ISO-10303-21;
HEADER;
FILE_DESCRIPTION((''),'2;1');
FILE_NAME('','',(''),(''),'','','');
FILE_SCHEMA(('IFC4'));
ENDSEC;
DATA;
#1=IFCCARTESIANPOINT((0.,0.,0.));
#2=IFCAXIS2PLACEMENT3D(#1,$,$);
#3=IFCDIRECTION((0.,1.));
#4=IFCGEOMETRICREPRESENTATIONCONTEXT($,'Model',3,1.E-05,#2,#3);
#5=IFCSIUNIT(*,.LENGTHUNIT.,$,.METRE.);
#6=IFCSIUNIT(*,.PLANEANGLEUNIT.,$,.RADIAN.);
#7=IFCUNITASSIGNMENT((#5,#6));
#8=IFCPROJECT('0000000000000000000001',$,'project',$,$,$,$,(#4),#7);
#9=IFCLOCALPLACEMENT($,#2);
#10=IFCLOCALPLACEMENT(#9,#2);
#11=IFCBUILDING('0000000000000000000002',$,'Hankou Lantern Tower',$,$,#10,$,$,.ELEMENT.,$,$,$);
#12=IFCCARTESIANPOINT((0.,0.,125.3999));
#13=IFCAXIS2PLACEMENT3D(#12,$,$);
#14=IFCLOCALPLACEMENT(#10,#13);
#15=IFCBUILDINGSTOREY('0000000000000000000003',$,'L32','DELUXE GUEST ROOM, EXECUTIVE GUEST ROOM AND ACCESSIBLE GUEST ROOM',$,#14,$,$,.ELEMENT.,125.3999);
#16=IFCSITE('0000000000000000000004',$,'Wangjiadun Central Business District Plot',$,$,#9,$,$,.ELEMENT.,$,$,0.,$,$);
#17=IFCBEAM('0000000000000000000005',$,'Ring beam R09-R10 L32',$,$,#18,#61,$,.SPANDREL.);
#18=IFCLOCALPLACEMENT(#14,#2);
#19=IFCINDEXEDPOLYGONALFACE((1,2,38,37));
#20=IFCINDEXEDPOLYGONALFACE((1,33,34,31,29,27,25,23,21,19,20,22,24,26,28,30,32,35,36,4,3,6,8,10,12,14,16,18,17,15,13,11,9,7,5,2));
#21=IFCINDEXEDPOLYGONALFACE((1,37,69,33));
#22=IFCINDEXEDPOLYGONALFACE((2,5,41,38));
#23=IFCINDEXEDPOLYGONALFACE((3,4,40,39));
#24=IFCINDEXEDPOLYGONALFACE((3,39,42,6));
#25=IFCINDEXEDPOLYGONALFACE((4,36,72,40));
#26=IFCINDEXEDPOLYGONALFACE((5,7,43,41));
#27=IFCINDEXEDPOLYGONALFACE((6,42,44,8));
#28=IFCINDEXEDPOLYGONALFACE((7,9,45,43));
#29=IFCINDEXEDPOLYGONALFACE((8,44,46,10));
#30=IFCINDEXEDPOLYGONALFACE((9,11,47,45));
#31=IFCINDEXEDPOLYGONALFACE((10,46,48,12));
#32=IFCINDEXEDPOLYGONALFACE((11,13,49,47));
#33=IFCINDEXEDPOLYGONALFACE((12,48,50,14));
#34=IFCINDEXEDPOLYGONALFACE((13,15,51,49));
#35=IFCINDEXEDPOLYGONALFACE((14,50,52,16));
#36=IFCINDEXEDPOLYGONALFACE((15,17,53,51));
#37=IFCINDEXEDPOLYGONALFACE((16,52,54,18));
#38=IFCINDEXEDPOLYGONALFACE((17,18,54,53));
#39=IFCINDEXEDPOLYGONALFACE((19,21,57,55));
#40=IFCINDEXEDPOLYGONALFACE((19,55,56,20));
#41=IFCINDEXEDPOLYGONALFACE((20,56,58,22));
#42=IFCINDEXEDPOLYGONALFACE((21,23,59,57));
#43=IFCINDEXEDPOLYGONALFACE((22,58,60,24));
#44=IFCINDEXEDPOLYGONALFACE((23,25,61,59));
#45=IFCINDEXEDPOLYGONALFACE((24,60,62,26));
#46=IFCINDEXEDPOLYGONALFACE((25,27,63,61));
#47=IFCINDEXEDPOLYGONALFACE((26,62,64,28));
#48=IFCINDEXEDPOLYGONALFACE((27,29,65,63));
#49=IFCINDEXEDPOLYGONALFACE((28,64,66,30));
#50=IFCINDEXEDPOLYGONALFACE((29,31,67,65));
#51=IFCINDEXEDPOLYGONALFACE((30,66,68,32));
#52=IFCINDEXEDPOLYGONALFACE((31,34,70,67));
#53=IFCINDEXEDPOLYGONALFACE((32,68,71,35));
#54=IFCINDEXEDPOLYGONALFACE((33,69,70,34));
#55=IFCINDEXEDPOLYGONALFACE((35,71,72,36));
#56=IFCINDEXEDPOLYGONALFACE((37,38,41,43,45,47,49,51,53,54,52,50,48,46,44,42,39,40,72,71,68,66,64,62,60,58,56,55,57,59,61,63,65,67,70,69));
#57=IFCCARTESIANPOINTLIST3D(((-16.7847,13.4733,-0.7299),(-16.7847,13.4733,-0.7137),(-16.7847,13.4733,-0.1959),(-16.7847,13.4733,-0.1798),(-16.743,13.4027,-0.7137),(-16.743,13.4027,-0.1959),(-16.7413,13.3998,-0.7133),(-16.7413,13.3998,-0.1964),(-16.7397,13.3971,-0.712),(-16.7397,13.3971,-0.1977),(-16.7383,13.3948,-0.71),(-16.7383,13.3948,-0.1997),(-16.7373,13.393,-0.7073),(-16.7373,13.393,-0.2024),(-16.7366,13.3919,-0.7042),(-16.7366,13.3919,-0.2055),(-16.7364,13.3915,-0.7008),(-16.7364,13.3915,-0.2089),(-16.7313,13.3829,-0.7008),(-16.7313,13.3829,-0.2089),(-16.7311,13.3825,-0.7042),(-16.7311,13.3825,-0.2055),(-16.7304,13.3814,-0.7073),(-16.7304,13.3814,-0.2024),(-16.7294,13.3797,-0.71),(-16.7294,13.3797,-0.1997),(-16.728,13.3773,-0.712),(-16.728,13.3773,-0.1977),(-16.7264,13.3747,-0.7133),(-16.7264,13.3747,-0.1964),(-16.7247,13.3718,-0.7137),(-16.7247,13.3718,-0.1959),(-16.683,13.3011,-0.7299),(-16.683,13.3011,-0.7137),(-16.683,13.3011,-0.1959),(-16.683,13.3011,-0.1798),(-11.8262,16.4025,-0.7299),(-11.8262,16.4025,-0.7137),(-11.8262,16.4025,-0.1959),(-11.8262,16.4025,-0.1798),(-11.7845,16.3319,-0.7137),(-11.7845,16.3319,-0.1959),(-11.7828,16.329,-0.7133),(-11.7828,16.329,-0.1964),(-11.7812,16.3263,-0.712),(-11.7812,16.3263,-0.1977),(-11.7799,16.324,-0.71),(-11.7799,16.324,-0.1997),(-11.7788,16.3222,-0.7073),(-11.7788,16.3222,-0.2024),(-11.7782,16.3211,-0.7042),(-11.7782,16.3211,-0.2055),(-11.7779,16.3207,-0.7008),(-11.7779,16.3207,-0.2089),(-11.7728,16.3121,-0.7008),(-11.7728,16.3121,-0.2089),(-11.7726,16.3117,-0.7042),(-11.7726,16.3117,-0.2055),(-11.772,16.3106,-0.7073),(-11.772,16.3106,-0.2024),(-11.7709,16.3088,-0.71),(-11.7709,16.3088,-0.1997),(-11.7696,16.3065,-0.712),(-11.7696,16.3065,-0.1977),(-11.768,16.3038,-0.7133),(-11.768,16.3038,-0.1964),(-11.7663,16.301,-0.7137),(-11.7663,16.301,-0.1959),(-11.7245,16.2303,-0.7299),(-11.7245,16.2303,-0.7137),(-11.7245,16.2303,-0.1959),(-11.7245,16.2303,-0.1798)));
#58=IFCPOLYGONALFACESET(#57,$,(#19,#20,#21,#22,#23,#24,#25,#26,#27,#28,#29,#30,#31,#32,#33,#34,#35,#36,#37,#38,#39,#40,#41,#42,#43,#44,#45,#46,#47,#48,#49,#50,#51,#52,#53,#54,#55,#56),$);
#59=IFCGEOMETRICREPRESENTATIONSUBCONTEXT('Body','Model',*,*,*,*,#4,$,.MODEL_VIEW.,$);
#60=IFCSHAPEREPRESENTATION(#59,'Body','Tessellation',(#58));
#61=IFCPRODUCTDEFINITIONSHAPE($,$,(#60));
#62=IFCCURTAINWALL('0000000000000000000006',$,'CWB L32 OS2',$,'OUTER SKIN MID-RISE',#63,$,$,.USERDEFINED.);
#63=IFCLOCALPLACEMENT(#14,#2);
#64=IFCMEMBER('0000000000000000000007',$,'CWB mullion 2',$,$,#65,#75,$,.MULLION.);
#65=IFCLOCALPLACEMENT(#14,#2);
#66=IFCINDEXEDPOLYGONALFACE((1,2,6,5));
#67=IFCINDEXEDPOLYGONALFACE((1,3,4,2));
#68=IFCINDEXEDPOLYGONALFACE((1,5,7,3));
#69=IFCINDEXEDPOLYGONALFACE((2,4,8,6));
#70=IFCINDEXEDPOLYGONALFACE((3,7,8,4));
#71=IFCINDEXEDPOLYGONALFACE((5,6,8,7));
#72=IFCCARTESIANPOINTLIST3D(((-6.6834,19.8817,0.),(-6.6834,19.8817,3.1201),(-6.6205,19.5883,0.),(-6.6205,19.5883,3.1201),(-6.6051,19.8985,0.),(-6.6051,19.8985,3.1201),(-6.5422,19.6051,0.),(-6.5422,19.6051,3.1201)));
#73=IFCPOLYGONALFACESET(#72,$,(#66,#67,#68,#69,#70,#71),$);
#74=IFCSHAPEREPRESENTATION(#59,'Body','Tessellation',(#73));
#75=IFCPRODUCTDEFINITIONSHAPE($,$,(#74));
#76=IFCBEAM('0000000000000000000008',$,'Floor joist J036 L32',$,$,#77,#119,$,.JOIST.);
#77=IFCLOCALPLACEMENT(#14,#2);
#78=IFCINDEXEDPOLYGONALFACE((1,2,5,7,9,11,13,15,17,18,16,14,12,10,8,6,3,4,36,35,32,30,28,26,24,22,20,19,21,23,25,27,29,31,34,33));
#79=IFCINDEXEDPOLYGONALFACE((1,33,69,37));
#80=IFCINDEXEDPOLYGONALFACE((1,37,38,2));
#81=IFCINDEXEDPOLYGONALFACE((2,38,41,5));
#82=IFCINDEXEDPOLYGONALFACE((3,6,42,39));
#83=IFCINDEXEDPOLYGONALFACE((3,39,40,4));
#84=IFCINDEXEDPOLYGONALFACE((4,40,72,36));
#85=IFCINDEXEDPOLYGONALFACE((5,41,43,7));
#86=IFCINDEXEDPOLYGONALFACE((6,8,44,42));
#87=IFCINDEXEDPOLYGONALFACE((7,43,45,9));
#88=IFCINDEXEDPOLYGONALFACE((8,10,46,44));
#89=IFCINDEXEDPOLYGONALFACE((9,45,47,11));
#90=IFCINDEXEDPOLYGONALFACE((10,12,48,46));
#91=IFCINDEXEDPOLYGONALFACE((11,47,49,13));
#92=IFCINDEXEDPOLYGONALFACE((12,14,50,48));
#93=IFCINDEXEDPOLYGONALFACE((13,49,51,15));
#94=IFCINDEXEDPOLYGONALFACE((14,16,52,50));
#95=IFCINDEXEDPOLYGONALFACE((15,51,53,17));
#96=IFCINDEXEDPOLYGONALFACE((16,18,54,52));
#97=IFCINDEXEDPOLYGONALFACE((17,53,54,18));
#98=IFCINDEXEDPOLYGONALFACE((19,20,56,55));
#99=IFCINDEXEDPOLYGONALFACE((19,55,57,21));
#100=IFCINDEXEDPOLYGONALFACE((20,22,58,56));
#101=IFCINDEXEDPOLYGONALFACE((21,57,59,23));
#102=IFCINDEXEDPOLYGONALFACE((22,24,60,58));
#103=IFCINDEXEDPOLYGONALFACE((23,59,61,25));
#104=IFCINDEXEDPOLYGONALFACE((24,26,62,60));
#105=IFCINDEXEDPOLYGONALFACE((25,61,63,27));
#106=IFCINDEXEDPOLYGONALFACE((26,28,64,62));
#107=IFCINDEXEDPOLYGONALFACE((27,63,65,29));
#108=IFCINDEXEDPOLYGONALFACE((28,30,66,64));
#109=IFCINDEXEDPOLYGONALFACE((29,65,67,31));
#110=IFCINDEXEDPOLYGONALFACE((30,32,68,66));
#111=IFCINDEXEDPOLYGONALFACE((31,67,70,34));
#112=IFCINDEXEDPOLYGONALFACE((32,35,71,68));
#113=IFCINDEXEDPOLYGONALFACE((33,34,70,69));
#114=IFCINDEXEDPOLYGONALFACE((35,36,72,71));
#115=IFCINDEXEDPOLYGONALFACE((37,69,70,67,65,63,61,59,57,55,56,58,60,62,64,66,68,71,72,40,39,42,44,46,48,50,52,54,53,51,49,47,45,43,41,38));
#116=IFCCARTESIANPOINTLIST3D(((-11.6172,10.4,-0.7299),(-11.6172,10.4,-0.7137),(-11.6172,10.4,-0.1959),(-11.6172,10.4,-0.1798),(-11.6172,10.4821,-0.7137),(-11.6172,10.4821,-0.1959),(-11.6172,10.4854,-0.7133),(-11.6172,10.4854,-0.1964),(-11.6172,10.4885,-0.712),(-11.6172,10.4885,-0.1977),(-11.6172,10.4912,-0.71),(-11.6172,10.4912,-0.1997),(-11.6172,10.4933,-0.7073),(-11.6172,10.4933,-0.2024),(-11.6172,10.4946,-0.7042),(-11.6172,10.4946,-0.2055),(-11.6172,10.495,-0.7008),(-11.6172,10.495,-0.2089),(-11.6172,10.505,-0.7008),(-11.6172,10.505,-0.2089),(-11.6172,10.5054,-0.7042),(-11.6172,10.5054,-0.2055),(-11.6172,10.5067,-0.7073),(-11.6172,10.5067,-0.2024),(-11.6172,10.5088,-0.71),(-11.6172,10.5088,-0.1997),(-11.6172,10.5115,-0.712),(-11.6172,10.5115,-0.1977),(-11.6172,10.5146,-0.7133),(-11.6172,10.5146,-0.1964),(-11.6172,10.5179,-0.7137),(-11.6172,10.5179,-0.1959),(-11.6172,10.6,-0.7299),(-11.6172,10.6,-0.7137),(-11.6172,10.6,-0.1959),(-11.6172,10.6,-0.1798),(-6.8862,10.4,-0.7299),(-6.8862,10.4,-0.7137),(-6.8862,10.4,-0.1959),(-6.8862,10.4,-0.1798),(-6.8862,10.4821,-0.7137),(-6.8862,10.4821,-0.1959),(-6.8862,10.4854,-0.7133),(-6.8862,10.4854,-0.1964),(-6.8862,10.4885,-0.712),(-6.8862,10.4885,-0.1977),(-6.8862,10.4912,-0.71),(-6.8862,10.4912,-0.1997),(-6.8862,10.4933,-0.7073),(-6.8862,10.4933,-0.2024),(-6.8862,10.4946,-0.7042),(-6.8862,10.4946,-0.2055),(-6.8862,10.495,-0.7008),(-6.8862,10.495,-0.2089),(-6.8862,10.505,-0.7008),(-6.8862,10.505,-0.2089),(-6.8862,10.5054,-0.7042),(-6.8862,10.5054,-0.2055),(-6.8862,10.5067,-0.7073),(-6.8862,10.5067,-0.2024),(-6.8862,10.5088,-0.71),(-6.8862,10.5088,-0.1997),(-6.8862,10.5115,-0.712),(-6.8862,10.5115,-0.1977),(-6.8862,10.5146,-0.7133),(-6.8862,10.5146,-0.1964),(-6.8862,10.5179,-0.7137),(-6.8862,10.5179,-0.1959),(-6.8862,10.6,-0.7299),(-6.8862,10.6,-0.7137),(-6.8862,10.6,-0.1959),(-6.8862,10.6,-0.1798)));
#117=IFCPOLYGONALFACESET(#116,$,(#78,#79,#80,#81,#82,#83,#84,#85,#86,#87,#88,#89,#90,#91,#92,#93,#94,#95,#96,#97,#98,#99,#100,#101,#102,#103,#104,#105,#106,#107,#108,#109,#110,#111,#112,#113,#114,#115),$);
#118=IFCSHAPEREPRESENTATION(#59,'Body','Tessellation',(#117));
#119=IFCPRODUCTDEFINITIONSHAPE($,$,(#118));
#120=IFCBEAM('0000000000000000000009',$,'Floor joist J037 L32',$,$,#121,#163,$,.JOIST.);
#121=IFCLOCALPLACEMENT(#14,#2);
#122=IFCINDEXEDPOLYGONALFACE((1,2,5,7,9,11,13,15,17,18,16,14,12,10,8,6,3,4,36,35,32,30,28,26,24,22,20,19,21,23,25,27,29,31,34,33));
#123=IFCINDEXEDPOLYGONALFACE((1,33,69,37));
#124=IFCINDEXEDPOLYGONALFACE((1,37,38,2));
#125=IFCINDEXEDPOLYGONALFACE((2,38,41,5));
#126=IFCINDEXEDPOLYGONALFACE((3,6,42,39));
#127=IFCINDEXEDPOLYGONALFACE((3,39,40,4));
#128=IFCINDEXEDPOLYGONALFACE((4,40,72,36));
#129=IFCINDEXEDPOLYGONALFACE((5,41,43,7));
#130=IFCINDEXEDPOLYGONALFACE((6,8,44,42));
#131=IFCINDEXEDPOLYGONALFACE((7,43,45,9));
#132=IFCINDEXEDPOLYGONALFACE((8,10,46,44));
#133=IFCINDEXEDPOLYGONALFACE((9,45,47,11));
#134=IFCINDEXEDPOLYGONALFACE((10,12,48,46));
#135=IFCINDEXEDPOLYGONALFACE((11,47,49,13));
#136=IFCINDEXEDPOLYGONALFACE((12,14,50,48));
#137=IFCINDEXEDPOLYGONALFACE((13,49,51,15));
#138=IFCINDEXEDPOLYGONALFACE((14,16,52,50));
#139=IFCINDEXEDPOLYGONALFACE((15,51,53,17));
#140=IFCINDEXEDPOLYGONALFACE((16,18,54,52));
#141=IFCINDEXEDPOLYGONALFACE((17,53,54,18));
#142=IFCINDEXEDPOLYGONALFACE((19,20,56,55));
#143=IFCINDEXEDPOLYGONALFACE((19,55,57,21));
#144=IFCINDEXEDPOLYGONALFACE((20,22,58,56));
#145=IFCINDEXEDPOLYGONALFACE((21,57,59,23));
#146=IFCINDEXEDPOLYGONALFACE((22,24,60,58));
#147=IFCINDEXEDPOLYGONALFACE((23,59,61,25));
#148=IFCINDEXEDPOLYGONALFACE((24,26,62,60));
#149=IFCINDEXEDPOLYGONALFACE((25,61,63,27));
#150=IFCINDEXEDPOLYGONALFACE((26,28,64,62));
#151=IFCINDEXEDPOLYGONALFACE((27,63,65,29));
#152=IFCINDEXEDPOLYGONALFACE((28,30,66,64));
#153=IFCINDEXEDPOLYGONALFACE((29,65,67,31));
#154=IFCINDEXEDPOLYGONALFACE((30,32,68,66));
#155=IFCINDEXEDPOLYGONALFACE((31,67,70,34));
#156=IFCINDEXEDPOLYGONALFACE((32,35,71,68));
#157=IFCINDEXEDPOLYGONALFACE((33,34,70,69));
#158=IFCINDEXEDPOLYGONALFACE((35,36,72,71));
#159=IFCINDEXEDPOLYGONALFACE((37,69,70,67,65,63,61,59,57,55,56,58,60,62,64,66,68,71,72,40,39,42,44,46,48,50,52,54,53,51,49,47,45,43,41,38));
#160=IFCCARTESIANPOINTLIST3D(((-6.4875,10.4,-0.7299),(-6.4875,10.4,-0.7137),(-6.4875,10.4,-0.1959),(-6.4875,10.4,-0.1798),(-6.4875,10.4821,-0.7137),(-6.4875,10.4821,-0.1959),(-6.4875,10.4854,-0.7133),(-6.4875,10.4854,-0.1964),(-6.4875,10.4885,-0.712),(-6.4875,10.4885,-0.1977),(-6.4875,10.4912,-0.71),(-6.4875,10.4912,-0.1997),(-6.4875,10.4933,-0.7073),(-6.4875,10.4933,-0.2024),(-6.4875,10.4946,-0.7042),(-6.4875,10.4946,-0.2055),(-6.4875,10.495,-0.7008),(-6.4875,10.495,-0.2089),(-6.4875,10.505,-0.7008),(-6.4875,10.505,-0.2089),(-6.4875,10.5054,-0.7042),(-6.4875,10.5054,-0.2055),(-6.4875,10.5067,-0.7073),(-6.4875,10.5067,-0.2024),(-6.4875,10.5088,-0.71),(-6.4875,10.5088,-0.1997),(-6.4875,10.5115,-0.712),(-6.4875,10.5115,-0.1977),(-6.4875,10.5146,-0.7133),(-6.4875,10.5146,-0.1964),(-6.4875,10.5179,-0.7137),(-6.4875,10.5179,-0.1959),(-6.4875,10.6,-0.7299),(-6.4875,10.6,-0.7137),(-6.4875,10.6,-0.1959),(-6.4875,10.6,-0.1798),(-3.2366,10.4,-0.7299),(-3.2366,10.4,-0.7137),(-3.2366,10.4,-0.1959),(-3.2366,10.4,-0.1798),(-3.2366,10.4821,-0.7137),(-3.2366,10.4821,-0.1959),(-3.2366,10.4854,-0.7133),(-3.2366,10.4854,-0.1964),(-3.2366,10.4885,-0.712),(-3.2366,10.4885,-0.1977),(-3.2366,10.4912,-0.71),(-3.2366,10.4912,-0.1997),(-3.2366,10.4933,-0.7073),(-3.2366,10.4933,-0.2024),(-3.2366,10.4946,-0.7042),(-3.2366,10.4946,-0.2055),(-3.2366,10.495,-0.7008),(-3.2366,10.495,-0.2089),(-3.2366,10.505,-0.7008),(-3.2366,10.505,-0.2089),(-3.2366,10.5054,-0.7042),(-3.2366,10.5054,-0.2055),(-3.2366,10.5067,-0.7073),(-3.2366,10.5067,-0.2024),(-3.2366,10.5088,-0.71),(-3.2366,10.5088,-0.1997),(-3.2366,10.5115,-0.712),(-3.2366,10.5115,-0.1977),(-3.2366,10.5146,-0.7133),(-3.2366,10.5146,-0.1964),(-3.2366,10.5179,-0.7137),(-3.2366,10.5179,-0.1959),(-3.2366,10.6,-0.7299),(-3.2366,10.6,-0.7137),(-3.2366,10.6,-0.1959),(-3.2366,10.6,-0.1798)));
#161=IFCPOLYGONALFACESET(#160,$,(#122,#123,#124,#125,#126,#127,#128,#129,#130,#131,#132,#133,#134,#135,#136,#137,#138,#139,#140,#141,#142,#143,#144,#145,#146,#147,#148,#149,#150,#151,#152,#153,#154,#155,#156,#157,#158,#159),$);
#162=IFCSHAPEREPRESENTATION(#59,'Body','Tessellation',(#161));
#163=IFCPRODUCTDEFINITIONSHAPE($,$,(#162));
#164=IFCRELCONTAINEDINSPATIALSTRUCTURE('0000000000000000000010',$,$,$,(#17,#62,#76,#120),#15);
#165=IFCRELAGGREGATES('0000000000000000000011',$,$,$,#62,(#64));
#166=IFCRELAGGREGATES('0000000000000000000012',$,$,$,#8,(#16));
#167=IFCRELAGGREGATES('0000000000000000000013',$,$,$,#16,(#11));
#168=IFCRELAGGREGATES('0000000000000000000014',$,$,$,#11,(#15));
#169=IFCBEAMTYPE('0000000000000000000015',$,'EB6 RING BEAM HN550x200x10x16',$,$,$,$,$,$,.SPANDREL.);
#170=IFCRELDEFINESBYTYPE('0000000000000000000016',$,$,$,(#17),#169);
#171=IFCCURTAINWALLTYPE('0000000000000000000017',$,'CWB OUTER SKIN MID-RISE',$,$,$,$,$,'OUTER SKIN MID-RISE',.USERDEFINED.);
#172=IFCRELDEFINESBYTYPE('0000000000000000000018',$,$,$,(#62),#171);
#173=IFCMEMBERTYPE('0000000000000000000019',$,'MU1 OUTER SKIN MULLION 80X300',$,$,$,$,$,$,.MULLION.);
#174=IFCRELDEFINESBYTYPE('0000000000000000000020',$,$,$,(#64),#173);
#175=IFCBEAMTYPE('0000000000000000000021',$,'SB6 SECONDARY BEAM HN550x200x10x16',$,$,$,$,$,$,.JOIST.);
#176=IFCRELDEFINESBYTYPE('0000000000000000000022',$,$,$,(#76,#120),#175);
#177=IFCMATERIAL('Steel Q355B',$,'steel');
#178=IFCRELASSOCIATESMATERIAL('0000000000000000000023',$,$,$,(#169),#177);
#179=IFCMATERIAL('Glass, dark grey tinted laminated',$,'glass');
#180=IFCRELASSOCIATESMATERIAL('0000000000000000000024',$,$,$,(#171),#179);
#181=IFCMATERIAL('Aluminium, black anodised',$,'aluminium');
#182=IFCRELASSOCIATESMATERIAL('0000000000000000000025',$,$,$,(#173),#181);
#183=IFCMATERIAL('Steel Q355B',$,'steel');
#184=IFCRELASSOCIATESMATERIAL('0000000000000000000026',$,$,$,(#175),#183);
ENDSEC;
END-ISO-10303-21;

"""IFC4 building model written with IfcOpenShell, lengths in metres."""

from ifc_helpers import new_model, si_unit, direction, frame, origin, origin_2d, place, context, subcontext, project, spatial, rectangle, i_section, extrude, material, material_profile, profile_set, type_object, element, aggregate, save


model = new_model("IFC4")

# Units and contexts
model_context = context("Model", 3, precision=1e-05, world=origin(), true_north=direction((0.0, 1.0)))
body_context = subcontext(model_context, "Body", "Model", "MODEL_VIEW")
ifc_project = project(units=[si_unit("LENGTHUNIT", "METRE"), si_unit("PLANEANGLEUNIT", "RADIAN")], contexts=[model_context])

# Site, building, storey
site_placement = place(None, origin())
site = spatial("IfcSite", under=ifc_project, at=site_placement, Name="Wangjiadun Central Business District Plot", CompositionType="ELEMENT", RefElevation=0.0)
building_placement = place(site_placement, origin())
building = spatial("IfcBuilding", under=site, at=building_placement, Name="Hankou Lantern Tower", CompositionType="ELEMENT")
storey_placement = place(building_placement, frame((0.0, 0.0, 125.3999)))
storey = spatial("IfcBuildingStorey", under=building, at=storey_placement, Name="L32", Description="DELUXE GUEST ROOM, EXECUTIVE GUEST ROOM AND ACCESSIBLE GUEST ROOM", CompositionType="ELEMENT", Elevation=125.3999)

# Beam
ifc_material_1 = material(Name="Steel Q355B", Category="steel")
ifc_material_profile_1 = material_profile(ifc_material_1, i_section(OverallWidth=0.2, OverallDepth=0.55, WebThickness=0.01, FlangeThickness=0.0161, FilletRadius=0.0129, at=origin_2d()), Name="HN550x200x10x16")
ifc_profile_set_1 = profile_set([ifc_material_profile_1], Name="Steel Q355B")
beam_type_1 = type_object("IfcBeamType", Name="EB6 RING BEAM HN550x200x10x16", PredefinedType="SPANDREL", material=ifc_profile_set_1)
beam_1_placement = place(storey_placement, frame((-11.7754, 16.3164, -0.4548), z_axis=(-0.860989, -0.508624, 0.0), x_axis=(0.508624, -0.860989, 0.0)))
element("IfcBeam", 1, at=beam_1_placement, inside=storey, type_object=beam_type_1, Name="Ring beam R09-R10 L32", PredefinedType="SPANDREL", context=body_context, shape_type="SweptSolid", body=[
    extrude(i_section(OverallWidth=0.2, OverallDepth=0.55, WebThickness=0.01, FlangeThickness=0.0161, FilletRadius=0.0129, at=origin_2d()), origin(), (0.0, 0.0, 1.0), 5.759),
])

# Curtain wall, member
ifc_material_2 = material(Name="Glass, dark grey tinted laminated", Category="glass")
curtain_wall_type = type_object("IfcCurtainWallType", Name="CWB OUTER SKIN MID-RISE", ElementType="OUTER SKIN MID-RISE", PredefinedType="USERDEFINED", material=ifc_material_2)
curtain_wall_placement = place(storey_placement, origin())
curtain_wall = element("IfcCurtainWall", 2, at=curtain_wall_placement, inside=storey, type_object=curtain_wall_type, Name="CWB L32 OS2", ObjectType="OUTER SKIN MID-RISE", PredefinedType="USERDEFINED")
ifc_material_3 = material(Name="Aluminium, black anodised", Category="aluminium")
ifc_material_profile_2 = material_profile(ifc_material_3, rectangle(XDim=0.0801, YDim=0.3, at=origin_2d()), Name="MU1 80X300")
ifc_profile_set_2 = profile_set([ifc_material_profile_2], Name="Aluminium, black anodised")
member_type_1 = type_object("IfcMemberType", Name="MU1 OUTER SKIN MULLION 80X300", PredefinedType="MULLION", material=ifc_profile_set_2)
member_1_placement = place(storey_placement, frame((-6.6128, 19.7434, 0.0), z_axis=(0.0, 0.0, 1.0), x_axis=(-0.977788, -0.209598, 0.0)))
member_1 = element("IfcMember", 3, at=member_1_placement, type_object=member_type_1, Name="CWB mullion 2", PredefinedType="MULLION", context=body_context, shape_type="SweptSolid", body=[
    extrude(rectangle(XDim=0.0801, YDim=0.3, at=origin_2d()), origin(), (0.0, 0.0, 1.0), 3.1201),
])

# Beams
ifc_material_4 = material(Name="Steel Q355B", Category="steel")
ifc_material_profile_3 = material_profile(ifc_material_4, i_section(OverallWidth=0.2, OverallDepth=0.55, WebThickness=0.01, FlangeThickness=0.0161, FilletRadius=0.0129, at=origin_2d()), Name="HN550x200x10x16")
ifc_profile_set_3 = profile_set([ifc_material_profile_3], Name="Steel Q355B")
beam_type_2 = type_object("IfcBeamType", Name="SB6 SECONDARY BEAM HN550x200x10x16", PredefinedType="JOIST", material=ifc_profile_set_3)
beam_2_placement = place(storey_placement, frame((-11.6172, 10.5, -0.4548), z_axis=(1.0, 0.0, 0.0), x_axis=(0.0, 1.0, 0.0)))
element("IfcBeam", 4, at=beam_2_placement, inside=storey, type_object=beam_type_2, Name="Floor joist J036 L32", PredefinedType="JOIST", context=body_context, shape_type="SweptSolid", body=[
    extrude(i_section(OverallWidth=0.2, OverallDepth=0.55, WebThickness=0.01, FlangeThickness=0.0161, FilletRadius=0.0129, at=origin_2d()), origin(), (0.0, 0.0, 1.0), 4.731),
])
beam_3_placement = place(storey_placement, frame((-6.4875, 10.5, -0.4548), z_axis=(1.0, 0.0, 0.0), x_axis=(0.0, 1.0, 0.0)))
element("IfcBeam", 5, at=beam_3_placement, inside=storey, type_object=beam_type_2, Name="Floor joist J037 L32", PredefinedType="JOIST", context=body_context, shape_type="SweptSolid", body=[
    extrude(i_section(OverallWidth=0.2, OverallDepth=0.55, WebThickness=0.01, FlangeThickness=0.0161, FilletRadius=0.0129, at=origin_2d()), origin(), (0.0, 0.0, 1.0), 3.251),
])

aggregate(curtain_wall, [member_1])

save(model, "model.ifc")
